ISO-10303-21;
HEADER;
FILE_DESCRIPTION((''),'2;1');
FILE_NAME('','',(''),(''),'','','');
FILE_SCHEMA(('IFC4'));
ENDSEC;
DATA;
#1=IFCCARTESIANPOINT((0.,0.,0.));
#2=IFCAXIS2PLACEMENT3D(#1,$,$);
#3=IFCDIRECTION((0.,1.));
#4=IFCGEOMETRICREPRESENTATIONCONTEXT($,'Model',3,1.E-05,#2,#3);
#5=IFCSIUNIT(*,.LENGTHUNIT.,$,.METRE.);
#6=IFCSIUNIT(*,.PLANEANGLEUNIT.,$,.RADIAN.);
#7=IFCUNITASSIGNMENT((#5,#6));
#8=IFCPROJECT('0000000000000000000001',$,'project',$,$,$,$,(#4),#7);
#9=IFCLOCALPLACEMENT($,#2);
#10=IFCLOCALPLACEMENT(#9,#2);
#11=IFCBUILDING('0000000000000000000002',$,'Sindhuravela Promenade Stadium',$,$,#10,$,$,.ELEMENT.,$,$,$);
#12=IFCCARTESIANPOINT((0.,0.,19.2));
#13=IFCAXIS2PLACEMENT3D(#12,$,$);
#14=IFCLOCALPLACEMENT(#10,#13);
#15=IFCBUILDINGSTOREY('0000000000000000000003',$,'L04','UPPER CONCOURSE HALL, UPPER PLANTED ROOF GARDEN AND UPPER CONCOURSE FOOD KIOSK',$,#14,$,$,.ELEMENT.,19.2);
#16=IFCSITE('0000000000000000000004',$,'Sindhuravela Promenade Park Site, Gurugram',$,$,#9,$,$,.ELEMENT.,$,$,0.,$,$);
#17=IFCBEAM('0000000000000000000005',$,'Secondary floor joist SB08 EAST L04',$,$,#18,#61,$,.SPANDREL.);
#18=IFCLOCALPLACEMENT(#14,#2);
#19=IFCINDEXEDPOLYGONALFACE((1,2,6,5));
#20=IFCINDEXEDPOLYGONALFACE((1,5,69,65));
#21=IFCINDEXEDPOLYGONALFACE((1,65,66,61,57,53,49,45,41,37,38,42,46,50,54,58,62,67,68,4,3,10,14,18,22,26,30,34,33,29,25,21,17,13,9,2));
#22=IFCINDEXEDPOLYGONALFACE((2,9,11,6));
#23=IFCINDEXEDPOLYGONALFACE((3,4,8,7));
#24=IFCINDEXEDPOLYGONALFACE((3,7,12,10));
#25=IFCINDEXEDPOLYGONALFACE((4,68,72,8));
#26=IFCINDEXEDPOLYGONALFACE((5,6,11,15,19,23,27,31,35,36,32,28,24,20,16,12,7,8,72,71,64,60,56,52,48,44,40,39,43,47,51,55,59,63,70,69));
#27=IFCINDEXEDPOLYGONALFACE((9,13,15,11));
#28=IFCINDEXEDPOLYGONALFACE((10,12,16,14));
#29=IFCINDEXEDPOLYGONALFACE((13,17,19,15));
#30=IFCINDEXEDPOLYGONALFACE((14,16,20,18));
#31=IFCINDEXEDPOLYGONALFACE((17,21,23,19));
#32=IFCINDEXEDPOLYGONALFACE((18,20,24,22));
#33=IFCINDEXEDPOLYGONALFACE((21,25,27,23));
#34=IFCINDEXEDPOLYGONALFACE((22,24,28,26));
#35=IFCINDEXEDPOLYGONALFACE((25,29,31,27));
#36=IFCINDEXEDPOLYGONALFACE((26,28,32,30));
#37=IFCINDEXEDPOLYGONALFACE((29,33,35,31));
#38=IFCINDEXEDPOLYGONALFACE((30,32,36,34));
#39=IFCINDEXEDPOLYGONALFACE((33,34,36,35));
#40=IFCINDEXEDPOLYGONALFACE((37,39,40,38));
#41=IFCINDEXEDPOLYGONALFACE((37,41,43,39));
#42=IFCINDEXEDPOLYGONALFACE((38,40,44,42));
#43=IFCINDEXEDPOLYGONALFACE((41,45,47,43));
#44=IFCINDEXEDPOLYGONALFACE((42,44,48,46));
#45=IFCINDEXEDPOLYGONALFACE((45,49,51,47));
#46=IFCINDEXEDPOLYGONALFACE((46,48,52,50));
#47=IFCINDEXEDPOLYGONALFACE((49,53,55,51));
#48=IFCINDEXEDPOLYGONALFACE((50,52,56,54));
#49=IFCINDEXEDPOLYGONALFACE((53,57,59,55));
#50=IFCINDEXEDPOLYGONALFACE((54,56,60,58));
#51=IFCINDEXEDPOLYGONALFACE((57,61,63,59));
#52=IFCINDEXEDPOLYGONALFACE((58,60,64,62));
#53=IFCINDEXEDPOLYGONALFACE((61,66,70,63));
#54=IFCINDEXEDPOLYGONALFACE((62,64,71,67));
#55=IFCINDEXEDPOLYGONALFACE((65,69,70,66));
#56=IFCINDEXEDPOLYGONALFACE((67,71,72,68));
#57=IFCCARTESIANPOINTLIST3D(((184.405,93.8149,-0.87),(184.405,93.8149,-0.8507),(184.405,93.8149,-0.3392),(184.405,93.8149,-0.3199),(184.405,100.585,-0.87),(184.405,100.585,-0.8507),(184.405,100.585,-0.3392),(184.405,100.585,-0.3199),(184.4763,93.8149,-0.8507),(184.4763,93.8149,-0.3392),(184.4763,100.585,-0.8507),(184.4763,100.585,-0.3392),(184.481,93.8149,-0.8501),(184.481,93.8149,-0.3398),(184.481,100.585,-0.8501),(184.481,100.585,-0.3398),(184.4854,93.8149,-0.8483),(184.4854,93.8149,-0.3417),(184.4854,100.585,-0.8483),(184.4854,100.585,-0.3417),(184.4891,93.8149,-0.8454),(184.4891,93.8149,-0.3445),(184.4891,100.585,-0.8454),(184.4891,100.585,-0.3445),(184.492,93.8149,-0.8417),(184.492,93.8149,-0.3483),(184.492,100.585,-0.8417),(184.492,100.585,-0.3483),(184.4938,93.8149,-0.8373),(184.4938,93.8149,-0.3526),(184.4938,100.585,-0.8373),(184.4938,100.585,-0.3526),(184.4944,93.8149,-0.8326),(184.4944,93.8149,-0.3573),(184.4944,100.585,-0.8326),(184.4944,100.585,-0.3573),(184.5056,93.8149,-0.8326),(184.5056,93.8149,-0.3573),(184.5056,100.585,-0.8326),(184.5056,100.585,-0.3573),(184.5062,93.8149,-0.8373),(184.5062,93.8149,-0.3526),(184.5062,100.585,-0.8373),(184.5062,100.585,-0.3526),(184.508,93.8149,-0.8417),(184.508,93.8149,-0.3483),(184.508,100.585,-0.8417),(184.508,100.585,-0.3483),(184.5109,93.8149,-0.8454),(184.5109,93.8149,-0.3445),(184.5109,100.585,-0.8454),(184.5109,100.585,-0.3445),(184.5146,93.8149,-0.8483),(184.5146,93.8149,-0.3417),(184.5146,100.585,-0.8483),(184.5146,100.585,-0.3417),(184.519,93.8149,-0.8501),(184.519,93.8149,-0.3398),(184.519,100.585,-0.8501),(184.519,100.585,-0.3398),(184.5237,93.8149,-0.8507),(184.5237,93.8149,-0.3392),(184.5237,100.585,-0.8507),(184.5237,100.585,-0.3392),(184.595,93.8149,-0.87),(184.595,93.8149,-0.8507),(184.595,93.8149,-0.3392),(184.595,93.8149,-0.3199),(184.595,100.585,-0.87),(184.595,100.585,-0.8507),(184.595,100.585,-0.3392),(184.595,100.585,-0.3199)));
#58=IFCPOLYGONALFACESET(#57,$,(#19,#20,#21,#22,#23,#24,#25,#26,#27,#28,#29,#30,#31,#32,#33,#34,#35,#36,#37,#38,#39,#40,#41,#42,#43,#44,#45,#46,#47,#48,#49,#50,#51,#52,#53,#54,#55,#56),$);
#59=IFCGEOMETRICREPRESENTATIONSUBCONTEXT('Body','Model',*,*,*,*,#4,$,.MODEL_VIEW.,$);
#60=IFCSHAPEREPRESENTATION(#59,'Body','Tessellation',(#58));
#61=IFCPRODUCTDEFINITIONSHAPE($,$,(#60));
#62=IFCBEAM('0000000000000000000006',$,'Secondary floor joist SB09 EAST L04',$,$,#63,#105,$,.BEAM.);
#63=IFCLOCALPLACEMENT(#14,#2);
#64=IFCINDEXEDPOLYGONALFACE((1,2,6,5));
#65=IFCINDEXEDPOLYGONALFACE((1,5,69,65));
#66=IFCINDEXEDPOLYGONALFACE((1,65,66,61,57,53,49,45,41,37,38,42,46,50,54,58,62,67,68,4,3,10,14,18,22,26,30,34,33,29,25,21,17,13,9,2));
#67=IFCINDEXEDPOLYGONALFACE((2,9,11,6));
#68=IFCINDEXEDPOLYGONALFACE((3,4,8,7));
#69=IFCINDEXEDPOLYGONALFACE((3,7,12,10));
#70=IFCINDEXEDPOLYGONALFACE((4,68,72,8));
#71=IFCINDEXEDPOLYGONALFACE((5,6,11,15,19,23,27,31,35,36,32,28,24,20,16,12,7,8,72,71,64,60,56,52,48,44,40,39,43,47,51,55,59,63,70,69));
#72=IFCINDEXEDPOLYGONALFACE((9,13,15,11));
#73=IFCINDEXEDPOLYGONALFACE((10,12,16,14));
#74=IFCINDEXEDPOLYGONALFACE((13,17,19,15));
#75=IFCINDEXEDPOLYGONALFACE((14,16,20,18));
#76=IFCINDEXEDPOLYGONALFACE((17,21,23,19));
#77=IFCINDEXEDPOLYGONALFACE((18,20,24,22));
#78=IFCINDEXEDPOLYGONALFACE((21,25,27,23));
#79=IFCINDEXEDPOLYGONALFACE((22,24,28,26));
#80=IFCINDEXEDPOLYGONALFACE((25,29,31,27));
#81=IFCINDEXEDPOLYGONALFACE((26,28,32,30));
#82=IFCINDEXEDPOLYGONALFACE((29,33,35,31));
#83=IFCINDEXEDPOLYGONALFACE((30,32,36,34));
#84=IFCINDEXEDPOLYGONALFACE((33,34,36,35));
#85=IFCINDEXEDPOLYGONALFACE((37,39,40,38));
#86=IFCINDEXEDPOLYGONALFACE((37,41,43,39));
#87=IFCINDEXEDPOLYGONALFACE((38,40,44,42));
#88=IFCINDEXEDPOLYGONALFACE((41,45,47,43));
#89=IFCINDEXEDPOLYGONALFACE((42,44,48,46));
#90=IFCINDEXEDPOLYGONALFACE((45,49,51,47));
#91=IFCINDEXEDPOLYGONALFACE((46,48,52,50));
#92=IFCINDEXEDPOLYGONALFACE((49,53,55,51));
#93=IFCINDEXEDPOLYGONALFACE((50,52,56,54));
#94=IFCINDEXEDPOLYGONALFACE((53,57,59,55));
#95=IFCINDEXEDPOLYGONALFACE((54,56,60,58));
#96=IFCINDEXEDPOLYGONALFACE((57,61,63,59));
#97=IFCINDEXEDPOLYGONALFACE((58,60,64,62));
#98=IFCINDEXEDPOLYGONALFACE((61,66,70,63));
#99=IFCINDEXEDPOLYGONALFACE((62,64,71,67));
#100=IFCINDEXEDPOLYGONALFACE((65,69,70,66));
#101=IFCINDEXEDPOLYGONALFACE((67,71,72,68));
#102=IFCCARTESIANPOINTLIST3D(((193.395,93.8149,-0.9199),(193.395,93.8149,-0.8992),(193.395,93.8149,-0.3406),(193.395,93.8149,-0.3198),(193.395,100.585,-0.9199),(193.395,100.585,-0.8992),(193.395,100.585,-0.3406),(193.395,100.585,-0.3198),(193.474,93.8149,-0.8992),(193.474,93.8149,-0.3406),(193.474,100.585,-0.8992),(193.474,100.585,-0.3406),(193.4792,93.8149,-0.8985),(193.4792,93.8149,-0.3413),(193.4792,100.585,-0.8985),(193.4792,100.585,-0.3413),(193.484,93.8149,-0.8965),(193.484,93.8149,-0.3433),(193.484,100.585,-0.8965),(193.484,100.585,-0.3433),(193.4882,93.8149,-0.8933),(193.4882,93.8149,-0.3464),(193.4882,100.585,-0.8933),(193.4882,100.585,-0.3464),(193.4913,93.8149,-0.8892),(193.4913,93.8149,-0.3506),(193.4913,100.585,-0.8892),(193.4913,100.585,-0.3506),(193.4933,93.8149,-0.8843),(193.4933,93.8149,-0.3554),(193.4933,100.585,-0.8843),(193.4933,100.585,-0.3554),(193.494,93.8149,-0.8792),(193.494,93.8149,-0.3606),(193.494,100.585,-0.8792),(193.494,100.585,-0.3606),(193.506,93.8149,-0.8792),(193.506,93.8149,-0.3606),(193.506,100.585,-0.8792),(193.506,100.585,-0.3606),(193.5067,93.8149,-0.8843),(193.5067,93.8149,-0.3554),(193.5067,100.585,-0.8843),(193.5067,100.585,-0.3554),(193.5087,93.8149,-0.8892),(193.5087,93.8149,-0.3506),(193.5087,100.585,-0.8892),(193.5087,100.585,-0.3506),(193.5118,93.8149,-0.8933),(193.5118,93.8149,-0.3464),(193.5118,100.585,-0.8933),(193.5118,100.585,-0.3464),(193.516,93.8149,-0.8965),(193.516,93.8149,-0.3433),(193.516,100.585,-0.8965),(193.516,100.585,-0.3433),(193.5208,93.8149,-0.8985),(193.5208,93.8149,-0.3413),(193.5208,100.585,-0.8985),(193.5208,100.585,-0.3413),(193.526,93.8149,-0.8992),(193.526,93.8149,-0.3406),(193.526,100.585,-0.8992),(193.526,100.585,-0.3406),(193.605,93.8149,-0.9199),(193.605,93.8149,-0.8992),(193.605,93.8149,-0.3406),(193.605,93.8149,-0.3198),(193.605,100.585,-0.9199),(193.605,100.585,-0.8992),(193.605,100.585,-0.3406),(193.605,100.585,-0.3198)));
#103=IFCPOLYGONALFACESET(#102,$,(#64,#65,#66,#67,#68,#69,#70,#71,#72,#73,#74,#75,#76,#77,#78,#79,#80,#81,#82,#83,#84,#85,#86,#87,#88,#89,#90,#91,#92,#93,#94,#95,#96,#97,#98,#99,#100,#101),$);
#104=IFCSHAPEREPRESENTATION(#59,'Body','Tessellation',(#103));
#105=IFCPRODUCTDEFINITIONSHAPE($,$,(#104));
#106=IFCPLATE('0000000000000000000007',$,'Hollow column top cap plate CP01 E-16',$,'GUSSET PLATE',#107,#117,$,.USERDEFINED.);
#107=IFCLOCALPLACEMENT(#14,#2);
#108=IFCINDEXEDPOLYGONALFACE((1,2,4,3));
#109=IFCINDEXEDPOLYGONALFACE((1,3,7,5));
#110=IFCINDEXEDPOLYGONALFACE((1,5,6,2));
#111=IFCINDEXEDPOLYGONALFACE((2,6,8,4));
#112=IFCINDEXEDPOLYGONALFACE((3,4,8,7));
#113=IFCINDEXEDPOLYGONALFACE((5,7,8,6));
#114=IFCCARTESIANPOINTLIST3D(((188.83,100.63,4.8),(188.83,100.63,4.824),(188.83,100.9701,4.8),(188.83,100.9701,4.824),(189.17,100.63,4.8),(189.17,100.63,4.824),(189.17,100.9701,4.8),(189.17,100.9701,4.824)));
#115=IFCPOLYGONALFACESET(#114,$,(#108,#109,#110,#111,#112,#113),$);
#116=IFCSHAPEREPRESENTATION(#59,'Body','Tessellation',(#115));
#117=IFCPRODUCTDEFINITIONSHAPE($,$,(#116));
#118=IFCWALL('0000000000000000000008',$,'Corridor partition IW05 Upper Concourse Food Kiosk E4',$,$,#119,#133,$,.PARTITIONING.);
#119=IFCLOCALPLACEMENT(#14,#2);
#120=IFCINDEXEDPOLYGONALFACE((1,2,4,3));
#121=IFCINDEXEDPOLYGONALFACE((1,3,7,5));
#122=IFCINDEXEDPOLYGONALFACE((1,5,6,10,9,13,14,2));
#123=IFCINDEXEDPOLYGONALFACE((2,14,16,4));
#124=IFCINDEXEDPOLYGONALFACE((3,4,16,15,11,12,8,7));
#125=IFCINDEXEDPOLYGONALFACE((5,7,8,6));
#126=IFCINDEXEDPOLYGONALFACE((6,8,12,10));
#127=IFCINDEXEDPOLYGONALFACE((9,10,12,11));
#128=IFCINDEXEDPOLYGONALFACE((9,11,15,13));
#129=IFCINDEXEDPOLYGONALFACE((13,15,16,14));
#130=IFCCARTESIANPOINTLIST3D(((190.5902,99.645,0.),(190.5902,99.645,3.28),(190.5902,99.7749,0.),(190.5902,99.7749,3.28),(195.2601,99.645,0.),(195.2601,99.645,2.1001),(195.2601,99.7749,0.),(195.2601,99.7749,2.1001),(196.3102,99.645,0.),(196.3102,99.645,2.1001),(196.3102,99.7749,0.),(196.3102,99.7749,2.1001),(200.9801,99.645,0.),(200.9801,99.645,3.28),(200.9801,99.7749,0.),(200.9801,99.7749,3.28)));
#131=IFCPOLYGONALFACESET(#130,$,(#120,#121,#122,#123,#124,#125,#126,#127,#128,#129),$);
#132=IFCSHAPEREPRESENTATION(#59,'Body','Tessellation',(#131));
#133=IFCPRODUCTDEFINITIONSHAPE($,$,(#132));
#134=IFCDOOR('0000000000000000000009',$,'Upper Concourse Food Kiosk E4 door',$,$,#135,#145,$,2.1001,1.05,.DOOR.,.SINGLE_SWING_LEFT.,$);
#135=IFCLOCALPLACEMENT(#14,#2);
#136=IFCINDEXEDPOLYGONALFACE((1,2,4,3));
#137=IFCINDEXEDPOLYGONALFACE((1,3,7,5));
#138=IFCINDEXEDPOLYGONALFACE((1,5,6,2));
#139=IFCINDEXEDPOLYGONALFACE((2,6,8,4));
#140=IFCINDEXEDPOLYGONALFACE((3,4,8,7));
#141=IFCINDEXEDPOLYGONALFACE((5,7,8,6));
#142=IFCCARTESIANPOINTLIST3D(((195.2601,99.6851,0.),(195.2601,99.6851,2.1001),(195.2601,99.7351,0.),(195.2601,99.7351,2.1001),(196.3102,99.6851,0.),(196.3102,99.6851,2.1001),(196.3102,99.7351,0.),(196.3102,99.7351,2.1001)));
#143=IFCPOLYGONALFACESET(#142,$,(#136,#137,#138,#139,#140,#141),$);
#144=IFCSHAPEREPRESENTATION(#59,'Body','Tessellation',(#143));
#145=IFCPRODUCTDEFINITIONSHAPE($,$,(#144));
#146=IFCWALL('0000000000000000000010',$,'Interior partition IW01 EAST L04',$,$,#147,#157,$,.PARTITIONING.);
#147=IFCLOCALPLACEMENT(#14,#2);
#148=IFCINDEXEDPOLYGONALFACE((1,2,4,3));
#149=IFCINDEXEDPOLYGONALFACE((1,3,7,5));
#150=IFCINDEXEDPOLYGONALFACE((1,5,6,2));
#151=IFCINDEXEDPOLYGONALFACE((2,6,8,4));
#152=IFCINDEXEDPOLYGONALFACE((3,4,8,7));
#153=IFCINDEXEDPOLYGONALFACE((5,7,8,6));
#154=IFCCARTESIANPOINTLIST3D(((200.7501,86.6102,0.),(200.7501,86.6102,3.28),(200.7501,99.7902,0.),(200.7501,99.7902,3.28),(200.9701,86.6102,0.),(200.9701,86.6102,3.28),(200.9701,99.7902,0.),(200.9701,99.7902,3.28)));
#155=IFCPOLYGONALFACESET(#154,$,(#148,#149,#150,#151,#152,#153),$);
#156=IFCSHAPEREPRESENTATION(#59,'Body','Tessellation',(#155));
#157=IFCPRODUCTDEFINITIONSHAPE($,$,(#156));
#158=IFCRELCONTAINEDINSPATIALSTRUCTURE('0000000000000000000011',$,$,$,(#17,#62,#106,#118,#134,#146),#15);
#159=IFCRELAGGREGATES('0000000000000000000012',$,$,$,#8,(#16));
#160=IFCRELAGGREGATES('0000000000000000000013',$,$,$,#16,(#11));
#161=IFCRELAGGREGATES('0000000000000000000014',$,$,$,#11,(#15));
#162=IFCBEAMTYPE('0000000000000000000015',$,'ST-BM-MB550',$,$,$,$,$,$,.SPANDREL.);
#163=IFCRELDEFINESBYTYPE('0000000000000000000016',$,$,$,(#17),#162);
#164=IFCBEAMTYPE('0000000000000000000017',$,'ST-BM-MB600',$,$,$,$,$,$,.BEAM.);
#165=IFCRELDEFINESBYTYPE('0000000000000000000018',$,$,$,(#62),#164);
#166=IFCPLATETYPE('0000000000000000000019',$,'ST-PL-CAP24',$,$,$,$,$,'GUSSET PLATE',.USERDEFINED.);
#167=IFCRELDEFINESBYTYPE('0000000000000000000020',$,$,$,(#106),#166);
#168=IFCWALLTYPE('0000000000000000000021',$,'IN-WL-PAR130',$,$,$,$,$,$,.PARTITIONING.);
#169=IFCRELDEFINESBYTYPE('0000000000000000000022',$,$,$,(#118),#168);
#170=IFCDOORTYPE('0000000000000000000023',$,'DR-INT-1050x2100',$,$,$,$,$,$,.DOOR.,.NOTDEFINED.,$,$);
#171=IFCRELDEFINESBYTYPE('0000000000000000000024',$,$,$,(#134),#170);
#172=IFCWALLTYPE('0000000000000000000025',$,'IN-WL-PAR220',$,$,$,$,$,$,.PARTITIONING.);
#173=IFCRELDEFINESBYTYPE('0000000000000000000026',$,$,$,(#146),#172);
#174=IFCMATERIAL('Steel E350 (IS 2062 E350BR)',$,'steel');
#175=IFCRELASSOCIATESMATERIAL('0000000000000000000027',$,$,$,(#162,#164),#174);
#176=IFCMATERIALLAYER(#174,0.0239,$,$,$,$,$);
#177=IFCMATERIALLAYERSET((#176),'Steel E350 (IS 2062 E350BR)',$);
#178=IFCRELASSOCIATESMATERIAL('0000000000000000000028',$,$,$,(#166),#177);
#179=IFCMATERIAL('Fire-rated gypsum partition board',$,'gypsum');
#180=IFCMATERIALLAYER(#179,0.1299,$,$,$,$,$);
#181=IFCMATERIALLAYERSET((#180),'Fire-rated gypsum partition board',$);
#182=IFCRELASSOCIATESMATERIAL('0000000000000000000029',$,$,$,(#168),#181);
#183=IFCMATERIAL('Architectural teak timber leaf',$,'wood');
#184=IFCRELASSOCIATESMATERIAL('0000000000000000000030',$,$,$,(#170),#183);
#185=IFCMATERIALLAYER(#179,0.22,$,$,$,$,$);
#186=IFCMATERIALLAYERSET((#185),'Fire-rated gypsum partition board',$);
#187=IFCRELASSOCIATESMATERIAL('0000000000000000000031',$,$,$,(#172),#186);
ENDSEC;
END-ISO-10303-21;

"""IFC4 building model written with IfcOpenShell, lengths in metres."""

from ifc_helpers import new_model, si_unit, direction, frame, frame_2d, origin, origin_2d, place, context, subcontext, project, spatial, rectangle, i_section, extrude, material, layer, layer_set, material_profile, profile_set, type_object, element, fill, save


model = new_model("IFC4")

# Units and contexts
model_context = context("Model", 3, precision=1e-05, world=origin(), true_north=direction((0.0, 1.0)))
body_context = subcontext(model_context, "Body", "Model", "MODEL_VIEW")
ifc_project = project(units=[si_unit("LENGTHUNIT", "METRE"), si_unit("PLANEANGLEUNIT", "RADIAN")], contexts=[model_context])

# Site, building, storey
site_placement = place(None, origin())
site = spatial("IfcSite", under=ifc_project, at=site_placement, Name="Sindhuravela Promenade Park Site, Gurugram", CompositionType="ELEMENT", RefElevation=0.0)
building_placement = place(site_placement, origin())
building = spatial("IfcBuilding", under=site, at=building_placement, Name="Sindhuravela Promenade Stadium", CompositionType="ELEMENT")
storey_placement = place(building_placement, frame((0.0, 0.0, 19.2)))
storey = spatial("IfcBuildingStorey", under=building, at=storey_placement, Name="L04", Description="UPPER CONCOURSE HALL, UPPER PLANTED ROOF GARDEN AND UPPER CONCOURSE FOOD KIOSK", CompositionType="ELEMENT", Elevation=19.2)

# Shared definitions
ifc_material_1 = material(Name="Steel E350 (IS 2062 E350BR)", Category="steel")

# Beams
ifc_material_profile_1 = material_profile(ifc_material_1, i_section(OverallWidth=0.1899, OverallDepth=0.55, WebThickness=0.0112, FlangeThickness=0.0193, FilletRadius=0.0181, at=origin_2d()), Name="ISMB 550")
ifc_profile_set_1 = profile_set([ifc_material_profile_1], Name="Steel E350 (IS 2062 E350BR)")
beam_type_1 = type_object("IfcBeamType", Name="ST-BM-MB550", PredefinedType="SPANDREL", material=ifc_profile_set_1)
beam_1_placement = place(storey_placement, frame((184.5, 93.8149, -0.595), z_axis=(0.0, 1.0, 0.0), x_axis=(-1.0, 0.0, 0.0)))
element("IfcBeam", 1, at=beam_1_placement, inside=storey, type_object=beam_type_1, Name="Secondary floor joist SB08 EAST L04", PredefinedType="SPANDREL", context=body_context, shape_type="SweptSolid", body=[
    extrude(i_section(OverallWidth=0.1899, OverallDepth=0.55, WebThickness=0.0112, FlangeThickness=0.0193, FilletRadius=0.0181, at=origin_2d()), origin(), (0.0, 0.0, 1.0), 6.77),
])
ifc_material_profile_2 = material_profile(ifc_material_1, i_section(OverallWidth=0.21, OverallDepth=0.6001, WebThickness=0.012, FlangeThickness=0.0208, FilletRadius=0.02, at=origin_2d()), Name="ISMB 600")
ifc_profile_set_2 = profile_set([ifc_material_profile_2], Name="Steel E350 (IS 2062 E350BR)")
beam_type_2 = type_object("IfcBeamType", Name="ST-BM-MB600", PredefinedType="BEAM", material=ifc_profile_set_2)
beam_2_placement = place(storey_placement, frame((193.5, 93.8149, -0.6199), z_axis=(0.0, 1.0, 0.0), x_axis=(-1.0, 0.0, 0.0)))
element("IfcBeam", 2, at=beam_2_placement, inside=storey, type_object=beam_type_2, Name="Secondary floor joist SB09 EAST L04", PredefinedType="BEAM", context=body_context, shape_type="SweptSolid", body=[
    extrude(i_section(OverallWidth=0.21, OverallDepth=0.6001, WebThickness=0.012, FlangeThickness=0.0208, FilletRadius=0.02, at=origin_2d()), origin(), (0.0, 0.0, 1.0), 6.77),
])

# Plate
ifc_layer_1 = layer(ifc_material_1, 0.0239)
ifc_layer_set_1 = layer_set([ifc_layer_1], Name="Steel E350 (IS 2062 E350BR)")
plate_type = type_object("IfcPlateType", Name="ST-PL-CAP24", ElementType="GUSSET PLATE", PredefinedType="USERDEFINED", material=ifc_layer_set_1)
plate_placement = place(storey_placement, frame((189.0, 100.8, 4.8), z_axis=(0.0, 0.0, 1.0), x_axis=(1.0, 0.0, 0.0)))
element("IfcPlate", 3, at=plate_placement, inside=storey, type_object=plate_type, Name="Hollow column top cap plate CP01 E-16", ObjectType="GUSSET PLATE", PredefinedType="USERDEFINED", context=body_context, shape_type="SweptSolid", body=[
    extrude(rectangle(XDim=0.3401, YDim=0.3401, at=origin_2d()), origin(), (0.0, 0.0, 1.0), 0.0239),
])

# Wall, opening, door
ifc_material_2 = material(Name="Fire-rated gypsum partition board", Category="gypsum")
ifc_layer_2 = layer(ifc_material_2, 0.1299)
ifc_layer_set_2 = layer_set([ifc_layer_2], Name="Fire-rated gypsum partition board")
wall_type_1 = type_object("IfcWallType", Name="IN-WL-PAR130", PredefinedType="PARTITIONING", material=ifc_layer_set_2)
wall_1_placement = place(storey_placement, frame((200.98, 99.71, 0.0), z_axis=(0.0, 0.0, 1.0), x_axis=(-1.0, 0.0, 0.0)))
wall_1 = element("IfcWall", 4, at=wall_1_placement, inside=storey, type_object=wall_type_1, Name="Corridor partition IW05 Upper Concourse Food Kiosk E4", PredefinedType="PARTITIONING", context=body_context, shape_type="SweptSolid", body=[
    extrude(rectangle(XDim=10.3899, YDim=0.1299, at=frame_2d((5.1948, 0.0))), origin(), (0.0, 0.0, 1.0), 3.28),
])
opening_placement = place(wall_1_placement, frame((4.6699, 0.0, 0.0)))
opening = element("IfcOpeningElement", 5, at=opening_placement, cuts=wall_1, PredefinedType="OPENING", context=body_context, shape_type="SweptSolid", body=[
    extrude(rectangle(XDim=1.05, YDim=2.1001, at=frame_2d((0.5249, 1.05))), frame((0.0, 0.075, 0.0), z_axis=(0.0, -1.0, 0.0), x_axis=(1.0, 0.0, 0.0)), (0.0, 0.0, 1.0), 0.1499),
])
ifc_material_3 = material(Name="Architectural teak timber leaf", Category="wood")
door_type = type_object("IfcDoorType", Name="DR-INT-1050x2100", OperationType="NOTDEFINED", PredefinedType="DOOR", material=ifc_material_3)
door_placement = place(opening_placement, origin())
door = element("IfcDoor", 6, at=door_placement, inside=storey, type_object=door_type, Name="Upper Concourse Food Kiosk E4 door", OperationType="SINGLE_SWING_LEFT", OverallHeight=2.1001, OverallWidth=1.05, PredefinedType="DOOR", context=body_context, shape_type="SweptSolid", body=[
    extrude(rectangle(XDim=1.05, YDim=2.1001, at=frame_2d((0.5249, 1.05))), frame((0.0, 0.0249, 0.0), z_axis=(0.0, -1.0, 0.0), x_axis=(1.0, 0.0, 0.0)), (0.0, 0.0, 1.0), 0.05),
])
fill(opening, door)

# Wall
ifc_layer_3 = layer(ifc_material_2, 0.22)
ifc_layer_set_3 = layer_set([ifc_layer_3], Name="Fire-rated gypsum partition board")
wall_type_2 = type_object("IfcWallType", Name="IN-WL-PAR220", PredefinedType="PARTITIONING", material=ifc_layer_set_3)
wall_2_placement = place(storey_placement, frame((200.8601, 99.79, 0.0), z_axis=(0.0, 0.0, 1.0), x_axis=(0.0, -1.0, 0.0)))
element("IfcWall", 7, at=wall_2_placement, inside=storey, type_object=wall_type_2, Name="Interior partition IW01 EAST L04", PredefinedType="PARTITIONING", context=body_context, shape_type="SweptSolid", body=[
    extrude(rectangle(XDim=13.1799, YDim=0.22, at=frame_2d((6.5898, 0.0))), origin(), (0.0, 0.0, 1.0), 3.28),
])

save(model, "model.ifc")
